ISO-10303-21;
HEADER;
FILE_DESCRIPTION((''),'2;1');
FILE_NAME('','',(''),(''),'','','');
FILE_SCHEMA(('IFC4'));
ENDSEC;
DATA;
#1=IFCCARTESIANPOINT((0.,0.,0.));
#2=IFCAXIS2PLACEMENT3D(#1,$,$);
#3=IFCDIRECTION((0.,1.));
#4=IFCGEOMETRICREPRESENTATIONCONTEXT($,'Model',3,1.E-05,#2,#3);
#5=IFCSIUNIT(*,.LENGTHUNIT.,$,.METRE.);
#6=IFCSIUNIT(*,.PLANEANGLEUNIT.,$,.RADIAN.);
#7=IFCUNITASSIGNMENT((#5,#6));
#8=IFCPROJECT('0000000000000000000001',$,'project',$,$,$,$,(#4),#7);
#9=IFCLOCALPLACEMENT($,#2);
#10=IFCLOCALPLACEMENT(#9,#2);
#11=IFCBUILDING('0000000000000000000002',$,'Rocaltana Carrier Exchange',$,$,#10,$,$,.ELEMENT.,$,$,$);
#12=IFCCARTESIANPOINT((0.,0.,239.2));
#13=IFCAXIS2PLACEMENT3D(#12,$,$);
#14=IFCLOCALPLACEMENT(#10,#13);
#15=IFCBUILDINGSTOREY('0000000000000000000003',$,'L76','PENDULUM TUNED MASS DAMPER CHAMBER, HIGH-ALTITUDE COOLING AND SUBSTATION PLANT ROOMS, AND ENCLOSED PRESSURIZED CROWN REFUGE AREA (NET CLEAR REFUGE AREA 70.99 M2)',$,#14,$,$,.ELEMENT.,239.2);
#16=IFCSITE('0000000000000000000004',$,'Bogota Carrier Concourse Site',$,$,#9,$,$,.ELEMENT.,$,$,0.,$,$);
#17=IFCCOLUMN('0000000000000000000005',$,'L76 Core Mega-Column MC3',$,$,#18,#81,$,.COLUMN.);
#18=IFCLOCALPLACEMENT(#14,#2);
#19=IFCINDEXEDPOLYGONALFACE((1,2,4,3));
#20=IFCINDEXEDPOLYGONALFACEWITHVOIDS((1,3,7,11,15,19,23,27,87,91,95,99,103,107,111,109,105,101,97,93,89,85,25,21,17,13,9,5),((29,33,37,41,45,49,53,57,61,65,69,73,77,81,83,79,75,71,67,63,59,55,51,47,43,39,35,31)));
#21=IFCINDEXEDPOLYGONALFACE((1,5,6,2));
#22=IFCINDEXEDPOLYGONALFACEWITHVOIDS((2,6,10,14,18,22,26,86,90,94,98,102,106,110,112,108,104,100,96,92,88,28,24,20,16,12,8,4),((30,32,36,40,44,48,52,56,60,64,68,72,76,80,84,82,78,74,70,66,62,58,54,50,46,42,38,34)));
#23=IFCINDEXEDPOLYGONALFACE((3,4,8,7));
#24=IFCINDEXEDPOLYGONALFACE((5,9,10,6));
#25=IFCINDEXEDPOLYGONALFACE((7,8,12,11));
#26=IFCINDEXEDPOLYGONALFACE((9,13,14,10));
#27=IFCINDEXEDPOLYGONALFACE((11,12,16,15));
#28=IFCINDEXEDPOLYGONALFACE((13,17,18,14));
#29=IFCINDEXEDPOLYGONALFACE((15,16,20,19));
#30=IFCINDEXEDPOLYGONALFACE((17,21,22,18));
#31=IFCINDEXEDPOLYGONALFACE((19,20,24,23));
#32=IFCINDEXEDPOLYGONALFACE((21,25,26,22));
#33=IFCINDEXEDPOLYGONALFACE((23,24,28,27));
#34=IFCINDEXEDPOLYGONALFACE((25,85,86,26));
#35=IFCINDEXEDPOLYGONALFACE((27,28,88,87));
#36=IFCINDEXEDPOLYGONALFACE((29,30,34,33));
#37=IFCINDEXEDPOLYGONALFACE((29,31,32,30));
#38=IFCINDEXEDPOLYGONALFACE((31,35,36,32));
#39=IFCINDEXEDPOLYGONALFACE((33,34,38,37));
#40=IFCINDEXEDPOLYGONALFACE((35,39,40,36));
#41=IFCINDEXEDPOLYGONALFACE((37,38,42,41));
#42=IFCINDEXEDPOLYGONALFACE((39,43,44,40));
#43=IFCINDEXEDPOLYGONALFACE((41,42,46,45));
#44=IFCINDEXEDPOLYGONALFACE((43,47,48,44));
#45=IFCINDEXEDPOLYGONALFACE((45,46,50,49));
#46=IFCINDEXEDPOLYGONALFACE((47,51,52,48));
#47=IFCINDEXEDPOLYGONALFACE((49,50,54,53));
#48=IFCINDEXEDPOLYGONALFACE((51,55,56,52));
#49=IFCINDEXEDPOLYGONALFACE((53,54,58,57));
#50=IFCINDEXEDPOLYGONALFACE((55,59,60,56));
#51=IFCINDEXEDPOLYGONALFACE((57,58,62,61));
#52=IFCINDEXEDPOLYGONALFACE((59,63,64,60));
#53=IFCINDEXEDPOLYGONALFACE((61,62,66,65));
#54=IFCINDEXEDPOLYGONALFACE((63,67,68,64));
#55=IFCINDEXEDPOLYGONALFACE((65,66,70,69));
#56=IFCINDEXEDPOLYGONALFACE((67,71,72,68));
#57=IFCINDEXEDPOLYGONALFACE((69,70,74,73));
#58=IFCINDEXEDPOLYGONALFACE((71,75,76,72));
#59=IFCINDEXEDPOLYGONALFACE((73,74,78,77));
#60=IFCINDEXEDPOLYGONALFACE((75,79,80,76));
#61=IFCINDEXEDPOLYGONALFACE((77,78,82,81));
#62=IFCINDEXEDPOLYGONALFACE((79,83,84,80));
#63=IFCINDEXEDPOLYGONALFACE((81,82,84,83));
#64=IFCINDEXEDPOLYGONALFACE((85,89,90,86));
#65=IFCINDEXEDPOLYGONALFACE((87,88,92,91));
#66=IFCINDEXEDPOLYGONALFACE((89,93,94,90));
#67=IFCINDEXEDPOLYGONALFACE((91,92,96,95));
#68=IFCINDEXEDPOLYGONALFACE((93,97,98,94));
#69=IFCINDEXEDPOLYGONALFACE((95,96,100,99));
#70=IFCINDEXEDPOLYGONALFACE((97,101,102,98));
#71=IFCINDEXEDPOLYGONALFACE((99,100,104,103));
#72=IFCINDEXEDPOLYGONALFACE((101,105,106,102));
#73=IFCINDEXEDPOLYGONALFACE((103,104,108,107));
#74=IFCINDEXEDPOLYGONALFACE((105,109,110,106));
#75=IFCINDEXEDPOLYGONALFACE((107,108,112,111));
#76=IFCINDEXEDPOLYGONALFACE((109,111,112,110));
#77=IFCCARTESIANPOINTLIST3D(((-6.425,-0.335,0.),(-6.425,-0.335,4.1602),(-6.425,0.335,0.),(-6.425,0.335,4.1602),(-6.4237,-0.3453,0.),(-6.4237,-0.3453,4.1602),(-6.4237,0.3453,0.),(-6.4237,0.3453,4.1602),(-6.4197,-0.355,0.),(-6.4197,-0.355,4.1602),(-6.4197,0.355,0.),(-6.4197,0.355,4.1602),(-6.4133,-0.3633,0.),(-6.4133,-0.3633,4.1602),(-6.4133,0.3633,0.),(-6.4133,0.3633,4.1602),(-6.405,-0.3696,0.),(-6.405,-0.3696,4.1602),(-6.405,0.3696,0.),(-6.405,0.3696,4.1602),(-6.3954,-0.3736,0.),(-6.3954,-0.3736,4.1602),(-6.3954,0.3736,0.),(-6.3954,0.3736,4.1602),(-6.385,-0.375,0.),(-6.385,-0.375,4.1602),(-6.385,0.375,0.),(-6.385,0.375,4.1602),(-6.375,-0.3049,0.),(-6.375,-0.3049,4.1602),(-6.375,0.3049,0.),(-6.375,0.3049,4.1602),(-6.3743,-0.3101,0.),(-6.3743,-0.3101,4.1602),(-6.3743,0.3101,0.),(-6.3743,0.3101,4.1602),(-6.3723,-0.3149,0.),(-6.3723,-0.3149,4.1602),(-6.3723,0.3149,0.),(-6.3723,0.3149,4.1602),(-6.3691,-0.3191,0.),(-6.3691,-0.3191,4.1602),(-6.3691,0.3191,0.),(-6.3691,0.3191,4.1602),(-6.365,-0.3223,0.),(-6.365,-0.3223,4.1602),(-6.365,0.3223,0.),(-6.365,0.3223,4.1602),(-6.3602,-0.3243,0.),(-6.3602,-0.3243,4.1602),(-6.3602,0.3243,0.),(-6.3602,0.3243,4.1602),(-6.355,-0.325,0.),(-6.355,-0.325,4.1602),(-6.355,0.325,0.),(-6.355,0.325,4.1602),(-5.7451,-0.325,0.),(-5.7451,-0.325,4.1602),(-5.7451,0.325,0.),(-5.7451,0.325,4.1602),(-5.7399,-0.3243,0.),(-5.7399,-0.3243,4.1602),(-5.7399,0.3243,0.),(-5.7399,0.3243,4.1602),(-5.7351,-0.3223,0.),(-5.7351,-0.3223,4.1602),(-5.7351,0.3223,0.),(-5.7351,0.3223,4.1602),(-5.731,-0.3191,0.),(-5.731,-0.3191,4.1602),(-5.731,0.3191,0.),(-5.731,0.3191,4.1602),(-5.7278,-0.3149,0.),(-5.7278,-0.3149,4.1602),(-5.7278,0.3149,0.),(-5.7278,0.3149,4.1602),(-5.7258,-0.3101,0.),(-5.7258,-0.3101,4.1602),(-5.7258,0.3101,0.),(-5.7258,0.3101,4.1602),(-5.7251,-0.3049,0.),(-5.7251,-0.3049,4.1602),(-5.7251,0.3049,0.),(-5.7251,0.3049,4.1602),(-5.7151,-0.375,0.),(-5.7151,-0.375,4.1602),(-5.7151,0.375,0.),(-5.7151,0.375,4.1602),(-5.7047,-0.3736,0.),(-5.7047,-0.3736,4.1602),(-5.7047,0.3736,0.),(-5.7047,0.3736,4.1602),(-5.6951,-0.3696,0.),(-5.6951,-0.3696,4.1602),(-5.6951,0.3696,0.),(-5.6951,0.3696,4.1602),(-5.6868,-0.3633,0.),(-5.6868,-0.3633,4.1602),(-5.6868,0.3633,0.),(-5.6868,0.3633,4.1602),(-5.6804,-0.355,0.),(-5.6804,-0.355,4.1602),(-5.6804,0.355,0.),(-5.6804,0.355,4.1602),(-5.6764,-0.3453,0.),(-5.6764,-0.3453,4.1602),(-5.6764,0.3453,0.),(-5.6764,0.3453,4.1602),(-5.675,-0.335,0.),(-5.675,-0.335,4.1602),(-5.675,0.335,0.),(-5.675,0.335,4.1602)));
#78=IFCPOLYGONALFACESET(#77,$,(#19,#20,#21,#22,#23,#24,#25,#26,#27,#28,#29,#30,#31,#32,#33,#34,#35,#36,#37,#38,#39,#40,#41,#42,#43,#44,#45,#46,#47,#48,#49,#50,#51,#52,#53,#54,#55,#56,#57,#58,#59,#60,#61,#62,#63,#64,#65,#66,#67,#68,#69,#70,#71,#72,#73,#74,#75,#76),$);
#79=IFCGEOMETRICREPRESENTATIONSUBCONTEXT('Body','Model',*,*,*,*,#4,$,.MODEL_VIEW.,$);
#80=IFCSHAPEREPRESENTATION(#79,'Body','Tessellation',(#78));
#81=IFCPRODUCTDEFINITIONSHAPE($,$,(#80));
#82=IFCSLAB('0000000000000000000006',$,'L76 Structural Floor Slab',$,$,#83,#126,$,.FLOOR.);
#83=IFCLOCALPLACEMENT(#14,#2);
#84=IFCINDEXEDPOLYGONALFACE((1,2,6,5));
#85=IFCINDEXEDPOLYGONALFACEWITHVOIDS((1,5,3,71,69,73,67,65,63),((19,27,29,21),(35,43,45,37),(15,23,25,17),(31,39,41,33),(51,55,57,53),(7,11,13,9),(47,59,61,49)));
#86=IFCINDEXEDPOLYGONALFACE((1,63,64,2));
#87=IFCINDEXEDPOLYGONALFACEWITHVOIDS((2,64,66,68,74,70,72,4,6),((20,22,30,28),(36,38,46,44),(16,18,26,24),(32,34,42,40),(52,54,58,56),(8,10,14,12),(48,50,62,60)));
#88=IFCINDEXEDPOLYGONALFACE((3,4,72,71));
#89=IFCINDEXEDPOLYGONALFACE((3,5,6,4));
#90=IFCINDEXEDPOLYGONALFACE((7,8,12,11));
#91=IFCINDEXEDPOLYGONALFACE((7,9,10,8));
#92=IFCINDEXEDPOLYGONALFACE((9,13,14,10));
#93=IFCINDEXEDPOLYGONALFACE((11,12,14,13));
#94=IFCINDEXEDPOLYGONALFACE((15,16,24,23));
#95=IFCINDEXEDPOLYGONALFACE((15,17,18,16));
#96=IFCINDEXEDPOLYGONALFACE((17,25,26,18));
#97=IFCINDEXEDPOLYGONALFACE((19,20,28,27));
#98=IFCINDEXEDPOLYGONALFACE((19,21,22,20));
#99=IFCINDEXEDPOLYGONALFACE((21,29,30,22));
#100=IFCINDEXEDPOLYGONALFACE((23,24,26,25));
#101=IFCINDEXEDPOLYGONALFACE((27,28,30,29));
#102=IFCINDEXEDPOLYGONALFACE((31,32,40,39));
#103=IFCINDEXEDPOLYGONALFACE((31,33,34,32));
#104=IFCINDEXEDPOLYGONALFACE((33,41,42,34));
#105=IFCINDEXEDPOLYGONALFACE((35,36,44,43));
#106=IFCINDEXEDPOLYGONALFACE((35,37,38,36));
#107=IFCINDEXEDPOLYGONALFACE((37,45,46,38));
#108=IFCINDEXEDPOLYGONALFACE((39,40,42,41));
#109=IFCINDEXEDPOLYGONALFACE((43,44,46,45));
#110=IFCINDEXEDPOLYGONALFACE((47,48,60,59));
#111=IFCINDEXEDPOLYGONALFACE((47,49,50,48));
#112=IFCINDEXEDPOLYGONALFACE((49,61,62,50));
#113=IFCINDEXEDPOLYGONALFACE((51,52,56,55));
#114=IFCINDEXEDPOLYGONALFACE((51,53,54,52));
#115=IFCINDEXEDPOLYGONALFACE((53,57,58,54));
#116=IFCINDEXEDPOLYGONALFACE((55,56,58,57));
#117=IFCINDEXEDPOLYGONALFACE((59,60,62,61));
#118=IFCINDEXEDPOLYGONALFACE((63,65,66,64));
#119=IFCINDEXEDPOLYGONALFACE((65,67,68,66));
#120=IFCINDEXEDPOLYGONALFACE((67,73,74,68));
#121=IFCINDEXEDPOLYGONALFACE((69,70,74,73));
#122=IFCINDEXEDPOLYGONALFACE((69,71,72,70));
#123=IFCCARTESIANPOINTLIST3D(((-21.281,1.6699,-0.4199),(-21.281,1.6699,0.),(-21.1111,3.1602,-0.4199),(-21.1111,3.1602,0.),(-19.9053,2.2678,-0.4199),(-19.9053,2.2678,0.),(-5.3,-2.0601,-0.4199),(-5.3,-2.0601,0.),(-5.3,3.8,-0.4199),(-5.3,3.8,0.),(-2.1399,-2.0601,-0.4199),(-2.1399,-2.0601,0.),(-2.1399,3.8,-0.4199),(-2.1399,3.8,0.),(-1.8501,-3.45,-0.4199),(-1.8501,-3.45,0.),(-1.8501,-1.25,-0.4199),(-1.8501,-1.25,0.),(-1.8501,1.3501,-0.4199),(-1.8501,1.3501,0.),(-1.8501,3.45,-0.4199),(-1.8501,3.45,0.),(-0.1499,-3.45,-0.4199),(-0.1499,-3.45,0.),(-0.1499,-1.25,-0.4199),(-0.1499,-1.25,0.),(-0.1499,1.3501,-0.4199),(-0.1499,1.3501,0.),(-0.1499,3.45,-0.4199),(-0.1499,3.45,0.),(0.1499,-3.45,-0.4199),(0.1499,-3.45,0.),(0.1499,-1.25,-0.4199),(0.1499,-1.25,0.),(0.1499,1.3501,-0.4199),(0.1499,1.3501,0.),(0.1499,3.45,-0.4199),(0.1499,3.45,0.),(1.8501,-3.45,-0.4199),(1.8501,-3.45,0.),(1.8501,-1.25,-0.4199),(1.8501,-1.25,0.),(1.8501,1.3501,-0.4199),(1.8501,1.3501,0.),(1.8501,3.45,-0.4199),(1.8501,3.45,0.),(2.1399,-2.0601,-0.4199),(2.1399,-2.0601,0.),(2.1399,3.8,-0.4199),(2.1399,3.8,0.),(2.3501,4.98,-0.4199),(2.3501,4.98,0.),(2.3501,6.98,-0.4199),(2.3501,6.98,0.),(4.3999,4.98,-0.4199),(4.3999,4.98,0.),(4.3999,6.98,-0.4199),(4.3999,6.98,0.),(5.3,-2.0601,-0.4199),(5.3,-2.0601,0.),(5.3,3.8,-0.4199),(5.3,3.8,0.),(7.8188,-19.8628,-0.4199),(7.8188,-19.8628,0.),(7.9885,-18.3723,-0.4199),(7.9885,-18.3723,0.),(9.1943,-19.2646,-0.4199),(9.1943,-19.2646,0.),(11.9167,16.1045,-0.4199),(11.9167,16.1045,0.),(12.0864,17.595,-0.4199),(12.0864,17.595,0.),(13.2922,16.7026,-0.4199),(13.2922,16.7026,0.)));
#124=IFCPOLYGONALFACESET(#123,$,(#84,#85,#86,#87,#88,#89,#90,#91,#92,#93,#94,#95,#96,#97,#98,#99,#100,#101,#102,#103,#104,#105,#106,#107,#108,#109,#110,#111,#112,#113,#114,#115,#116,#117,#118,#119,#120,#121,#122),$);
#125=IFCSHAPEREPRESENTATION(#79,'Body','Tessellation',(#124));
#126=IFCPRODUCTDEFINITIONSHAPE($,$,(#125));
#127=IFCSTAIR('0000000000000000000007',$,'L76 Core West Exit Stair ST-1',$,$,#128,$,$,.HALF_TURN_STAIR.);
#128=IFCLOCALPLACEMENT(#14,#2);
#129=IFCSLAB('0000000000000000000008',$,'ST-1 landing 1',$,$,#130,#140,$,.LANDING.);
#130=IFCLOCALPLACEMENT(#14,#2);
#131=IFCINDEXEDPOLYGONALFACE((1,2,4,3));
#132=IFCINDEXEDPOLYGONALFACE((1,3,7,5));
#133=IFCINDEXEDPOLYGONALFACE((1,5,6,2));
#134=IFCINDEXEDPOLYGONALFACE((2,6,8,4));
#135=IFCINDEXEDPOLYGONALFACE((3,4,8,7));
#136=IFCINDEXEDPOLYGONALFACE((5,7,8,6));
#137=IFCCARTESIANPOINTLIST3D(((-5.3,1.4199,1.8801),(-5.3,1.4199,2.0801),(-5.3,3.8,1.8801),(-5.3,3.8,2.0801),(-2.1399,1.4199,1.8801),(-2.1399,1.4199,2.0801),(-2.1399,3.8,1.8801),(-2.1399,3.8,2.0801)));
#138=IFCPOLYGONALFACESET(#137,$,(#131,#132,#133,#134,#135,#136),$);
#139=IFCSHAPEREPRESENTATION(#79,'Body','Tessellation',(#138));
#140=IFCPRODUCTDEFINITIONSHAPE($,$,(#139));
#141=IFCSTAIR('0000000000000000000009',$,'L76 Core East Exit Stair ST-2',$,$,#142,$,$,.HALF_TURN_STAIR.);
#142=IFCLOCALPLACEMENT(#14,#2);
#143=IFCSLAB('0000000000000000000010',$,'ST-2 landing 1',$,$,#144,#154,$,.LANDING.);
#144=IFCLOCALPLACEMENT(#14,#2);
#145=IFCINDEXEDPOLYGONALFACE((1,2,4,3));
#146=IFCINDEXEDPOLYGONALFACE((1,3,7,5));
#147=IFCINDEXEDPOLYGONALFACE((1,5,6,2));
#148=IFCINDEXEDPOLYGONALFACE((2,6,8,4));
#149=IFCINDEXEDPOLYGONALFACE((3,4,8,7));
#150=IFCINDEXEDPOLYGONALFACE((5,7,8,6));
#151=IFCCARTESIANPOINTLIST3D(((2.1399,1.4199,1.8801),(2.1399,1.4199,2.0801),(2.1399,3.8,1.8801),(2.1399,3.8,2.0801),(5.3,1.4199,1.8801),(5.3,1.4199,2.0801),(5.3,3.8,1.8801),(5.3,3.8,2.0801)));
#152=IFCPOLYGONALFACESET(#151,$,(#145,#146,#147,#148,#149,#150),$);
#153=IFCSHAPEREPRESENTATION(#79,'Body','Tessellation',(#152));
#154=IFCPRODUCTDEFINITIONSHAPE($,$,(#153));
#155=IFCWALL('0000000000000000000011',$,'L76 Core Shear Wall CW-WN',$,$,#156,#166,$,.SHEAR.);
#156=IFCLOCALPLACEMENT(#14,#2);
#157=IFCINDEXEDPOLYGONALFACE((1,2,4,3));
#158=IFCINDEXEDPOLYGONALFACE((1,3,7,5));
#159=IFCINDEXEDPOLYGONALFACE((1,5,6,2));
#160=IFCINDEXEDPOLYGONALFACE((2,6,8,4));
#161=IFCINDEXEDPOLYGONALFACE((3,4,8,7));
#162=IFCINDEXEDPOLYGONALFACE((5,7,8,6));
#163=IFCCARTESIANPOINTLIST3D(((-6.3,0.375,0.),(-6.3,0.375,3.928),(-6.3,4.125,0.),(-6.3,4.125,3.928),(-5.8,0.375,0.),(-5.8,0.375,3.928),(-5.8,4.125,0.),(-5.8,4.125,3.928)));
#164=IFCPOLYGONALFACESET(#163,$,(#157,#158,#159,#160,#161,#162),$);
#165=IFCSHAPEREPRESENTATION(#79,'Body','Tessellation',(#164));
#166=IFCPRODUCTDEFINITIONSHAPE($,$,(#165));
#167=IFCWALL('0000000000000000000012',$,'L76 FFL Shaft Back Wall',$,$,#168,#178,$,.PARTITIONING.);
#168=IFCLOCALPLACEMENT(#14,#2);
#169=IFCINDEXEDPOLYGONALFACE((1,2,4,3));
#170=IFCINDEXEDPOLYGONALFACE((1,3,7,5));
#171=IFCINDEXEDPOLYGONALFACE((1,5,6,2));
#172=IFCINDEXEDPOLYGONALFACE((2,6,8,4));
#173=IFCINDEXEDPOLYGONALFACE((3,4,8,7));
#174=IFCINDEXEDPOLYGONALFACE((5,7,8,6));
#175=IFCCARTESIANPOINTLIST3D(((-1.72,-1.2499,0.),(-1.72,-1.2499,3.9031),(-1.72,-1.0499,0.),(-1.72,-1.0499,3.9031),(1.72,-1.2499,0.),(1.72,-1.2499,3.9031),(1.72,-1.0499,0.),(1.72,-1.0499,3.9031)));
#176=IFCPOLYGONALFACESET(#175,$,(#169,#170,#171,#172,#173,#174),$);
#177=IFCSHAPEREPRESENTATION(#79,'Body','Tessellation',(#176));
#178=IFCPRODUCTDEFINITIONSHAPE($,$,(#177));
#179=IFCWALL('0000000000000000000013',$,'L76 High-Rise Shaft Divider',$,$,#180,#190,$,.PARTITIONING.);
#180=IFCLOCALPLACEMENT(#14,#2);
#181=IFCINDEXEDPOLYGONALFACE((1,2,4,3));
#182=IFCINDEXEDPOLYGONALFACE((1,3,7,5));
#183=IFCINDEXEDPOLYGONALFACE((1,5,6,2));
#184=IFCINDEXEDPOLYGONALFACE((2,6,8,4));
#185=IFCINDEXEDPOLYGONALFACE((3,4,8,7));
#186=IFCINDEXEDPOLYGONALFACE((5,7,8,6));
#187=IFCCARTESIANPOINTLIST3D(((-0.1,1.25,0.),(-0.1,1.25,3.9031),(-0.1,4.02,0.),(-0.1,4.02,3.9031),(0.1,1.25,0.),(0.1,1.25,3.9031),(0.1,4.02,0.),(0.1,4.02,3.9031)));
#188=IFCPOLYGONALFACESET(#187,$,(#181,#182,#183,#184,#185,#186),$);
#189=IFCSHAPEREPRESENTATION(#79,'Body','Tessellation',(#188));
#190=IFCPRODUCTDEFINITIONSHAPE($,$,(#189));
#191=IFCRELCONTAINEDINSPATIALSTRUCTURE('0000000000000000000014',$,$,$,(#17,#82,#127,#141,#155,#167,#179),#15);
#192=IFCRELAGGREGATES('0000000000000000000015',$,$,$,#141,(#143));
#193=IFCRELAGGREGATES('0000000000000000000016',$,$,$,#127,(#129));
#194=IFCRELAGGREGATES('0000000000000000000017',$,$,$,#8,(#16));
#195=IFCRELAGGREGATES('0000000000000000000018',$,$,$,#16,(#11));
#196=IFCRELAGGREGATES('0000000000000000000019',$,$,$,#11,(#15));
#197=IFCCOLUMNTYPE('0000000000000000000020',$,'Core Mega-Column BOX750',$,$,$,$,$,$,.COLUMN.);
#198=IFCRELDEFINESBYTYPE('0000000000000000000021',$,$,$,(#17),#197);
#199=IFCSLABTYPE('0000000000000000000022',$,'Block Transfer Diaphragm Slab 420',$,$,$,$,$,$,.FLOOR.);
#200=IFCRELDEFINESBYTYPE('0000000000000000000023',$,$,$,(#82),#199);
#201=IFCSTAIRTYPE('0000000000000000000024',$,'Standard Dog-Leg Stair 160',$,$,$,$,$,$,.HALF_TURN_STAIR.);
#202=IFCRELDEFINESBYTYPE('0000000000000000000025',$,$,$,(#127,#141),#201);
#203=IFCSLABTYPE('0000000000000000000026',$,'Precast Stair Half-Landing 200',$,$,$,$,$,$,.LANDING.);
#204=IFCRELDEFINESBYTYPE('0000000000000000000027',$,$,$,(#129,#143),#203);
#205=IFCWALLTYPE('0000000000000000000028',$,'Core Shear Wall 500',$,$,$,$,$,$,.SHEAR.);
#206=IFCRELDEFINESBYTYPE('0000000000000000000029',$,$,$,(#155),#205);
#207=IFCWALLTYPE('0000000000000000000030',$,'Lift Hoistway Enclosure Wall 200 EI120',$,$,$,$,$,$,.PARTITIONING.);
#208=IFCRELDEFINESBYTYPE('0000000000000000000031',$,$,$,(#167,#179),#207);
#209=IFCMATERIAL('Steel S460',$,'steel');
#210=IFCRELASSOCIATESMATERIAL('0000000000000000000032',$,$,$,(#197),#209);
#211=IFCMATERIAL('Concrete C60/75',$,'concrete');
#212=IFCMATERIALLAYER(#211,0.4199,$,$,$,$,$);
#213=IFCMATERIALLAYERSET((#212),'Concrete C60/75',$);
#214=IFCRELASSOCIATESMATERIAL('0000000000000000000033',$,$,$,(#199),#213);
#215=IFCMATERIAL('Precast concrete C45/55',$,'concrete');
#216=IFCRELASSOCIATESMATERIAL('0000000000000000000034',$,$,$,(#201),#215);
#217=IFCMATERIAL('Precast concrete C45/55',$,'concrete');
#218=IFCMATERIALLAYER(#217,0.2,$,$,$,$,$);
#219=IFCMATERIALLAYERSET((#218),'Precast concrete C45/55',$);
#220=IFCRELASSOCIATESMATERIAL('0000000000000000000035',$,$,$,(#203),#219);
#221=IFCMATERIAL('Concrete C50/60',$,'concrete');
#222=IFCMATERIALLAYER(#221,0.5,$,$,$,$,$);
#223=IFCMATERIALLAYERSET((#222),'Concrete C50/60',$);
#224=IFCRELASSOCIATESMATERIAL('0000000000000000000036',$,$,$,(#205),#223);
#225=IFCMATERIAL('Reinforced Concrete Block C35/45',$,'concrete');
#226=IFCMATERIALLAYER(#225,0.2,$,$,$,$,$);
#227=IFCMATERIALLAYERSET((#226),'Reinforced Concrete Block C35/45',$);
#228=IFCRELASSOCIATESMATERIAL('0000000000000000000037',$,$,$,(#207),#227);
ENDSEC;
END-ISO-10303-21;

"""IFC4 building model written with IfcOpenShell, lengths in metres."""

from ifc_helpers import new_model, si_unit, direction, frame, frame_2d, origin, origin_2d, place, context, subcontext, project, spatial, polyline, rectangle, hollow_rectangle, outline, extrude, material, layer, layer_set, material_profile, profile_set, type_object, element, aggregate, save


model = new_model("IFC4")

# Units and contexts
model_context = context("Model", 3, precision=1e-05, world=origin(), true_north=direction((0.0, 1.0)))
body_context = subcontext(model_context, "Body", "Model", "MODEL_VIEW")
ifc_project = project(units=[si_unit("LENGTHUNIT", "METRE"), si_unit("PLANEANGLEUNIT", "RADIAN")], contexts=[model_context])

# Site, building, storey
site_placement = place(None, origin())
site = spatial("IfcSite", under=ifc_project, at=site_placement, Name="Bogota Carrier Concourse Site", CompositionType="ELEMENT", RefElevation=0.0)
building_placement = place(site_placement, origin())
building = spatial("IfcBuilding", under=site, at=building_placement, Name="Rocaltana Carrier Exchange", CompositionType="ELEMENT")
storey_placement = place(building_placement, frame((0.0, 0.0, 239.2)))
storey = spatial("IfcBuildingStorey", under=building, at=storey_placement, Name="L76", Description="PENDULUM TUNED MASS DAMPER CHAMBER, HIGH-ALTITUDE COOLING AND SUBSTATION PLANT ROOMS, AND ENCLOSED PRESSURIZED CROWN REFUGE AREA (NET CLEAR REFUGE AREA 70.99 M2)", CompositionType="ELEMENT", Elevation=239.2)

# Column
ifc_material_1 = material(Name="Steel S460", Category="steel")
ifc_material_profile = material_profile(ifc_material_1, hollow_rectangle(XDim=0.75, YDim=0.75, WallThickness=0.05, InnerFilletRadius=0.02, OuterFilletRadius=0.04, at=origin_2d()), Name="BOX750X750X50")
ifc_profile_set = profile_set([ifc_material_profile], Name="Steel S460")
column_type = type_object("IfcColumnType", Name="Core Mega-Column BOX750", PredefinedType="COLUMN", material=ifc_profile_set)
column_placement = place(storey_placement, frame((-6.05, 0.0, 0.0), z_axis=(0.0, 0.0, 1.0), x_axis=(1.0, 0.0, 0.0)))
element("IfcColumn", 1, at=column_placement, inside=storey, type_object=column_type, Name="L76 Core Mega-Column MC3", PredefinedType="COLUMN", context=body_context, shape_type="SweptSolid", body=[
    extrude(hollow_rectangle(XDim=0.75, YDim=0.75, WallThickness=0.05, InnerFilletRadius=0.02, OuterFilletRadius=0.04, at=origin_2d()), origin(), (0.0, 0.0, 1.0), 4.1602),
])

# Slab
ifc_material_2 = material(Name="Concrete C60/75", Category="concrete")
ifc_layer_1 = layer(ifc_material_2, 0.4199)
ifc_layer_set_1 = layer_set([ifc_layer_1], Name="Concrete C60/75")
slab_type_1 = type_object("IfcSlabType", Name="Block Transfer Diaphragm Slab 420", PredefinedType="FLOOR", material=ifc_layer_set_1)
slab_1_placement = place(storey_placement, frame((0.0, 0.0, -0.4199)))
element("IfcSlab", 2, at=slab_1_placement, inside=storey, type_object=slab_type_1, Name="L76 Structural Floor Slab", PredefinedType="FLOOR", context=body_context, shape_type="SweptSolid", body=[
    extrude(outline(polyline([(7.8188, -19.8628), (7.9885, -18.3723), (9.1943, -19.2646), (13.2922, 16.7026), (11.9167, 16.1045), (12.0864, 17.595), (-21.1111, 3.1602), (-19.9053, 2.2678), (-21.281, 1.6699), (7.8188, -19.8628)]), holes=[polyline([(-5.3, -2.0601), (-2.1399, -2.0601), (-2.1399, 3.8), (-5.3, 3.8), (-5.3, -2.0601)]), polyline([(2.1399, -2.0601), (5.3, -2.0601), (5.3, 3.8), (2.1399, 3.8), (2.1399, -2.0601)]), polyline([(-1.8501, -3.45), (-0.1499, -3.45), (-0.1499, -1.25), (-1.8501, -1.25), (-1.8501, -3.45)]), polyline([(0.1499, -3.45), (1.8501, -3.45), (1.8501, -1.25), (0.1499, -1.25), (0.1499, -3.45)]), polyline([(2.3501, 4.98), (4.3999, 4.98), (4.3999, 6.98), (2.3501, 6.98), (2.3501, 4.98)]), polyline([(-1.8501, 1.3501), (-0.1499, 1.3501), (-0.1499, 3.45), (-1.8501, 3.45), (-1.8501, 1.3501)]), polyline([(0.1499, 1.3501), (1.8501, 1.3501), (1.8501, 3.45), (0.1499, 3.45), (0.1499, 1.3501)])]), origin(), (0.0, 0.0, 1.0), 0.4199),
])

# Stairs, slabs
ifc_material_3 = material(Name="Precast concrete C45/55", Category="concrete")
stair_type = type_object("IfcStairType", Name="Standard Dog-Leg Stair 160", PredefinedType="HALF_TURN_STAIR", material=ifc_material_3)
stair_1_placement = place(storey_placement, origin())
stair_1 = element("IfcStair", 3, at=stair_1_placement, inside=storey, type_object=stair_type, Name="L76 Core West Exit Stair ST-1", PredefinedType="HALF_TURN_STAIR")
ifc_material_4 = material(Name="Precast concrete C45/55", Category="concrete")
ifc_layer_2 = layer(ifc_material_4, 0.2)
ifc_layer_set_2 = layer_set([ifc_layer_2], Name="Precast concrete C45/55")
slab_type_2 = type_object("IfcSlabType", Name="Precast Stair Half-Landing 200", PredefinedType="LANDING", material=ifc_layer_set_2)
slab_2_placement = place(storey_placement, frame((0.0, 0.0, 1.8801)))
slab_2 = element("IfcSlab", 4, at=slab_2_placement, type_object=slab_type_2, Name="ST-1 landing 1", PredefinedType="LANDING", context=body_context, shape_type="SweptSolid", body=[
    extrude(outline(polyline([(-2.1399, 1.4199), (-2.1399, 3.8), (-5.3, 3.8), (-5.3, 1.4199), (-2.1399, 1.4199)])), origin(), (0.0, 0.0, 1.0), 0.2),
])
stair_2_placement = place(storey_placement, origin())
stair_2 = element("IfcStair", 5, at=stair_2_placement, inside=storey, type_object=stair_type, Name="L76 Core East Exit Stair ST-2", PredefinedType="HALF_TURN_STAIR")
slab_3_placement = place(storey_placement, frame((0.0, 0.0, 1.8801)))
slab_3 = element("IfcSlab", 6, at=slab_3_placement, type_object=slab_type_2, Name="ST-2 landing 1", PredefinedType="LANDING", context=body_context, shape_type="SweptSolid", body=[
    extrude(outline(polyline([(5.3, 1.4199), (5.3, 3.8), (2.1399, 3.8), (2.1399, 1.4199), (5.3, 1.4199)])), origin(), (0.0, 0.0, 1.0), 0.2),
])
aggregate(stair_2, [slab_3])

# Walls
ifc_material_5 = material(Name="Concrete C50/60", Category="concrete")
ifc_layer_3 = layer(ifc_material_5, 0.5)
ifc_layer_set_3 = layer_set([ifc_layer_3], Name="Concrete C50/60")
wall_type_1 = type_object("IfcWallType", Name="Core Shear Wall 500", PredefinedType="SHEAR", material=ifc_layer_set_3)
wall_1_placement = place(storey_placement, frame((-6.05, 0.375, 0.0), z_axis=(0.0, 0.0, 1.0), x_axis=(0.0, 1.0, 0.0)))
element("IfcWall", 7, at=wall_1_placement, inside=storey, type_object=wall_type_1, Name="L76 Core Shear Wall CW-WN", PredefinedType="SHEAR", context=body_context, shape_type="SweptSolid", body=[
    extrude(rectangle(XDim=3.75, YDim=0.5, at=frame_2d((1.875, 0.0))), origin(), (0.0, 0.0, 1.0), 3.928),
])
ifc_material_6 = material(Name="Reinforced Concrete Block C35/45", Category="concrete")
ifc_layer_4 = layer(ifc_material_6, 0.2)
ifc_layer_set_4 = layer_set([ifc_layer_4], Name="Reinforced Concrete Block C35/45")
wall_type_2 = type_object("IfcWallType", Name="Lift Hoistway Enclosure Wall 200 EI120", PredefinedType="PARTITIONING", material=ifc_layer_set_4)
wall_2_placement = place(storey_placement, frame((-1.72, -1.1499, 0.0), z_axis=(0.0, 0.0, 1.0), x_axis=(1.0, 0.0, 0.0)))
element("IfcWall", 8, at=wall_2_placement, inside=storey, type_object=wall_type_2, Name="L76 FFL Shaft Back Wall", PredefinedType="PARTITIONING", context=body_context, shape_type="SweptSolid", body=[
    extrude(rectangle(XDim=3.4399, YDim=0.2, at=frame_2d((1.72, 0.0))), origin(), (0.0, 0.0, 1.0), 3.9031),
])
wall_3_placement = place(storey_placement, frame((0.0, 1.25, 0.0), z_axis=(0.0, 0.0, 1.0), x_axis=(0.0, 1.0, 0.0)))
element("IfcWall", 9, at=wall_3_placement, inside=storey, type_object=wall_type_2, Name="L76 High-Rise Shaft Divider", PredefinedType="PARTITIONING", context=body_context, shape_type="SweptSolid", body=[
    extrude(rectangle(XDim=2.77, YDim=0.2, at=frame_2d((1.385, 0.0))), origin(), (0.0, 0.0, 1.0), 3.9031),
])

aggregate(stair_1, [slab_2])

save(model, "model.ifc")
